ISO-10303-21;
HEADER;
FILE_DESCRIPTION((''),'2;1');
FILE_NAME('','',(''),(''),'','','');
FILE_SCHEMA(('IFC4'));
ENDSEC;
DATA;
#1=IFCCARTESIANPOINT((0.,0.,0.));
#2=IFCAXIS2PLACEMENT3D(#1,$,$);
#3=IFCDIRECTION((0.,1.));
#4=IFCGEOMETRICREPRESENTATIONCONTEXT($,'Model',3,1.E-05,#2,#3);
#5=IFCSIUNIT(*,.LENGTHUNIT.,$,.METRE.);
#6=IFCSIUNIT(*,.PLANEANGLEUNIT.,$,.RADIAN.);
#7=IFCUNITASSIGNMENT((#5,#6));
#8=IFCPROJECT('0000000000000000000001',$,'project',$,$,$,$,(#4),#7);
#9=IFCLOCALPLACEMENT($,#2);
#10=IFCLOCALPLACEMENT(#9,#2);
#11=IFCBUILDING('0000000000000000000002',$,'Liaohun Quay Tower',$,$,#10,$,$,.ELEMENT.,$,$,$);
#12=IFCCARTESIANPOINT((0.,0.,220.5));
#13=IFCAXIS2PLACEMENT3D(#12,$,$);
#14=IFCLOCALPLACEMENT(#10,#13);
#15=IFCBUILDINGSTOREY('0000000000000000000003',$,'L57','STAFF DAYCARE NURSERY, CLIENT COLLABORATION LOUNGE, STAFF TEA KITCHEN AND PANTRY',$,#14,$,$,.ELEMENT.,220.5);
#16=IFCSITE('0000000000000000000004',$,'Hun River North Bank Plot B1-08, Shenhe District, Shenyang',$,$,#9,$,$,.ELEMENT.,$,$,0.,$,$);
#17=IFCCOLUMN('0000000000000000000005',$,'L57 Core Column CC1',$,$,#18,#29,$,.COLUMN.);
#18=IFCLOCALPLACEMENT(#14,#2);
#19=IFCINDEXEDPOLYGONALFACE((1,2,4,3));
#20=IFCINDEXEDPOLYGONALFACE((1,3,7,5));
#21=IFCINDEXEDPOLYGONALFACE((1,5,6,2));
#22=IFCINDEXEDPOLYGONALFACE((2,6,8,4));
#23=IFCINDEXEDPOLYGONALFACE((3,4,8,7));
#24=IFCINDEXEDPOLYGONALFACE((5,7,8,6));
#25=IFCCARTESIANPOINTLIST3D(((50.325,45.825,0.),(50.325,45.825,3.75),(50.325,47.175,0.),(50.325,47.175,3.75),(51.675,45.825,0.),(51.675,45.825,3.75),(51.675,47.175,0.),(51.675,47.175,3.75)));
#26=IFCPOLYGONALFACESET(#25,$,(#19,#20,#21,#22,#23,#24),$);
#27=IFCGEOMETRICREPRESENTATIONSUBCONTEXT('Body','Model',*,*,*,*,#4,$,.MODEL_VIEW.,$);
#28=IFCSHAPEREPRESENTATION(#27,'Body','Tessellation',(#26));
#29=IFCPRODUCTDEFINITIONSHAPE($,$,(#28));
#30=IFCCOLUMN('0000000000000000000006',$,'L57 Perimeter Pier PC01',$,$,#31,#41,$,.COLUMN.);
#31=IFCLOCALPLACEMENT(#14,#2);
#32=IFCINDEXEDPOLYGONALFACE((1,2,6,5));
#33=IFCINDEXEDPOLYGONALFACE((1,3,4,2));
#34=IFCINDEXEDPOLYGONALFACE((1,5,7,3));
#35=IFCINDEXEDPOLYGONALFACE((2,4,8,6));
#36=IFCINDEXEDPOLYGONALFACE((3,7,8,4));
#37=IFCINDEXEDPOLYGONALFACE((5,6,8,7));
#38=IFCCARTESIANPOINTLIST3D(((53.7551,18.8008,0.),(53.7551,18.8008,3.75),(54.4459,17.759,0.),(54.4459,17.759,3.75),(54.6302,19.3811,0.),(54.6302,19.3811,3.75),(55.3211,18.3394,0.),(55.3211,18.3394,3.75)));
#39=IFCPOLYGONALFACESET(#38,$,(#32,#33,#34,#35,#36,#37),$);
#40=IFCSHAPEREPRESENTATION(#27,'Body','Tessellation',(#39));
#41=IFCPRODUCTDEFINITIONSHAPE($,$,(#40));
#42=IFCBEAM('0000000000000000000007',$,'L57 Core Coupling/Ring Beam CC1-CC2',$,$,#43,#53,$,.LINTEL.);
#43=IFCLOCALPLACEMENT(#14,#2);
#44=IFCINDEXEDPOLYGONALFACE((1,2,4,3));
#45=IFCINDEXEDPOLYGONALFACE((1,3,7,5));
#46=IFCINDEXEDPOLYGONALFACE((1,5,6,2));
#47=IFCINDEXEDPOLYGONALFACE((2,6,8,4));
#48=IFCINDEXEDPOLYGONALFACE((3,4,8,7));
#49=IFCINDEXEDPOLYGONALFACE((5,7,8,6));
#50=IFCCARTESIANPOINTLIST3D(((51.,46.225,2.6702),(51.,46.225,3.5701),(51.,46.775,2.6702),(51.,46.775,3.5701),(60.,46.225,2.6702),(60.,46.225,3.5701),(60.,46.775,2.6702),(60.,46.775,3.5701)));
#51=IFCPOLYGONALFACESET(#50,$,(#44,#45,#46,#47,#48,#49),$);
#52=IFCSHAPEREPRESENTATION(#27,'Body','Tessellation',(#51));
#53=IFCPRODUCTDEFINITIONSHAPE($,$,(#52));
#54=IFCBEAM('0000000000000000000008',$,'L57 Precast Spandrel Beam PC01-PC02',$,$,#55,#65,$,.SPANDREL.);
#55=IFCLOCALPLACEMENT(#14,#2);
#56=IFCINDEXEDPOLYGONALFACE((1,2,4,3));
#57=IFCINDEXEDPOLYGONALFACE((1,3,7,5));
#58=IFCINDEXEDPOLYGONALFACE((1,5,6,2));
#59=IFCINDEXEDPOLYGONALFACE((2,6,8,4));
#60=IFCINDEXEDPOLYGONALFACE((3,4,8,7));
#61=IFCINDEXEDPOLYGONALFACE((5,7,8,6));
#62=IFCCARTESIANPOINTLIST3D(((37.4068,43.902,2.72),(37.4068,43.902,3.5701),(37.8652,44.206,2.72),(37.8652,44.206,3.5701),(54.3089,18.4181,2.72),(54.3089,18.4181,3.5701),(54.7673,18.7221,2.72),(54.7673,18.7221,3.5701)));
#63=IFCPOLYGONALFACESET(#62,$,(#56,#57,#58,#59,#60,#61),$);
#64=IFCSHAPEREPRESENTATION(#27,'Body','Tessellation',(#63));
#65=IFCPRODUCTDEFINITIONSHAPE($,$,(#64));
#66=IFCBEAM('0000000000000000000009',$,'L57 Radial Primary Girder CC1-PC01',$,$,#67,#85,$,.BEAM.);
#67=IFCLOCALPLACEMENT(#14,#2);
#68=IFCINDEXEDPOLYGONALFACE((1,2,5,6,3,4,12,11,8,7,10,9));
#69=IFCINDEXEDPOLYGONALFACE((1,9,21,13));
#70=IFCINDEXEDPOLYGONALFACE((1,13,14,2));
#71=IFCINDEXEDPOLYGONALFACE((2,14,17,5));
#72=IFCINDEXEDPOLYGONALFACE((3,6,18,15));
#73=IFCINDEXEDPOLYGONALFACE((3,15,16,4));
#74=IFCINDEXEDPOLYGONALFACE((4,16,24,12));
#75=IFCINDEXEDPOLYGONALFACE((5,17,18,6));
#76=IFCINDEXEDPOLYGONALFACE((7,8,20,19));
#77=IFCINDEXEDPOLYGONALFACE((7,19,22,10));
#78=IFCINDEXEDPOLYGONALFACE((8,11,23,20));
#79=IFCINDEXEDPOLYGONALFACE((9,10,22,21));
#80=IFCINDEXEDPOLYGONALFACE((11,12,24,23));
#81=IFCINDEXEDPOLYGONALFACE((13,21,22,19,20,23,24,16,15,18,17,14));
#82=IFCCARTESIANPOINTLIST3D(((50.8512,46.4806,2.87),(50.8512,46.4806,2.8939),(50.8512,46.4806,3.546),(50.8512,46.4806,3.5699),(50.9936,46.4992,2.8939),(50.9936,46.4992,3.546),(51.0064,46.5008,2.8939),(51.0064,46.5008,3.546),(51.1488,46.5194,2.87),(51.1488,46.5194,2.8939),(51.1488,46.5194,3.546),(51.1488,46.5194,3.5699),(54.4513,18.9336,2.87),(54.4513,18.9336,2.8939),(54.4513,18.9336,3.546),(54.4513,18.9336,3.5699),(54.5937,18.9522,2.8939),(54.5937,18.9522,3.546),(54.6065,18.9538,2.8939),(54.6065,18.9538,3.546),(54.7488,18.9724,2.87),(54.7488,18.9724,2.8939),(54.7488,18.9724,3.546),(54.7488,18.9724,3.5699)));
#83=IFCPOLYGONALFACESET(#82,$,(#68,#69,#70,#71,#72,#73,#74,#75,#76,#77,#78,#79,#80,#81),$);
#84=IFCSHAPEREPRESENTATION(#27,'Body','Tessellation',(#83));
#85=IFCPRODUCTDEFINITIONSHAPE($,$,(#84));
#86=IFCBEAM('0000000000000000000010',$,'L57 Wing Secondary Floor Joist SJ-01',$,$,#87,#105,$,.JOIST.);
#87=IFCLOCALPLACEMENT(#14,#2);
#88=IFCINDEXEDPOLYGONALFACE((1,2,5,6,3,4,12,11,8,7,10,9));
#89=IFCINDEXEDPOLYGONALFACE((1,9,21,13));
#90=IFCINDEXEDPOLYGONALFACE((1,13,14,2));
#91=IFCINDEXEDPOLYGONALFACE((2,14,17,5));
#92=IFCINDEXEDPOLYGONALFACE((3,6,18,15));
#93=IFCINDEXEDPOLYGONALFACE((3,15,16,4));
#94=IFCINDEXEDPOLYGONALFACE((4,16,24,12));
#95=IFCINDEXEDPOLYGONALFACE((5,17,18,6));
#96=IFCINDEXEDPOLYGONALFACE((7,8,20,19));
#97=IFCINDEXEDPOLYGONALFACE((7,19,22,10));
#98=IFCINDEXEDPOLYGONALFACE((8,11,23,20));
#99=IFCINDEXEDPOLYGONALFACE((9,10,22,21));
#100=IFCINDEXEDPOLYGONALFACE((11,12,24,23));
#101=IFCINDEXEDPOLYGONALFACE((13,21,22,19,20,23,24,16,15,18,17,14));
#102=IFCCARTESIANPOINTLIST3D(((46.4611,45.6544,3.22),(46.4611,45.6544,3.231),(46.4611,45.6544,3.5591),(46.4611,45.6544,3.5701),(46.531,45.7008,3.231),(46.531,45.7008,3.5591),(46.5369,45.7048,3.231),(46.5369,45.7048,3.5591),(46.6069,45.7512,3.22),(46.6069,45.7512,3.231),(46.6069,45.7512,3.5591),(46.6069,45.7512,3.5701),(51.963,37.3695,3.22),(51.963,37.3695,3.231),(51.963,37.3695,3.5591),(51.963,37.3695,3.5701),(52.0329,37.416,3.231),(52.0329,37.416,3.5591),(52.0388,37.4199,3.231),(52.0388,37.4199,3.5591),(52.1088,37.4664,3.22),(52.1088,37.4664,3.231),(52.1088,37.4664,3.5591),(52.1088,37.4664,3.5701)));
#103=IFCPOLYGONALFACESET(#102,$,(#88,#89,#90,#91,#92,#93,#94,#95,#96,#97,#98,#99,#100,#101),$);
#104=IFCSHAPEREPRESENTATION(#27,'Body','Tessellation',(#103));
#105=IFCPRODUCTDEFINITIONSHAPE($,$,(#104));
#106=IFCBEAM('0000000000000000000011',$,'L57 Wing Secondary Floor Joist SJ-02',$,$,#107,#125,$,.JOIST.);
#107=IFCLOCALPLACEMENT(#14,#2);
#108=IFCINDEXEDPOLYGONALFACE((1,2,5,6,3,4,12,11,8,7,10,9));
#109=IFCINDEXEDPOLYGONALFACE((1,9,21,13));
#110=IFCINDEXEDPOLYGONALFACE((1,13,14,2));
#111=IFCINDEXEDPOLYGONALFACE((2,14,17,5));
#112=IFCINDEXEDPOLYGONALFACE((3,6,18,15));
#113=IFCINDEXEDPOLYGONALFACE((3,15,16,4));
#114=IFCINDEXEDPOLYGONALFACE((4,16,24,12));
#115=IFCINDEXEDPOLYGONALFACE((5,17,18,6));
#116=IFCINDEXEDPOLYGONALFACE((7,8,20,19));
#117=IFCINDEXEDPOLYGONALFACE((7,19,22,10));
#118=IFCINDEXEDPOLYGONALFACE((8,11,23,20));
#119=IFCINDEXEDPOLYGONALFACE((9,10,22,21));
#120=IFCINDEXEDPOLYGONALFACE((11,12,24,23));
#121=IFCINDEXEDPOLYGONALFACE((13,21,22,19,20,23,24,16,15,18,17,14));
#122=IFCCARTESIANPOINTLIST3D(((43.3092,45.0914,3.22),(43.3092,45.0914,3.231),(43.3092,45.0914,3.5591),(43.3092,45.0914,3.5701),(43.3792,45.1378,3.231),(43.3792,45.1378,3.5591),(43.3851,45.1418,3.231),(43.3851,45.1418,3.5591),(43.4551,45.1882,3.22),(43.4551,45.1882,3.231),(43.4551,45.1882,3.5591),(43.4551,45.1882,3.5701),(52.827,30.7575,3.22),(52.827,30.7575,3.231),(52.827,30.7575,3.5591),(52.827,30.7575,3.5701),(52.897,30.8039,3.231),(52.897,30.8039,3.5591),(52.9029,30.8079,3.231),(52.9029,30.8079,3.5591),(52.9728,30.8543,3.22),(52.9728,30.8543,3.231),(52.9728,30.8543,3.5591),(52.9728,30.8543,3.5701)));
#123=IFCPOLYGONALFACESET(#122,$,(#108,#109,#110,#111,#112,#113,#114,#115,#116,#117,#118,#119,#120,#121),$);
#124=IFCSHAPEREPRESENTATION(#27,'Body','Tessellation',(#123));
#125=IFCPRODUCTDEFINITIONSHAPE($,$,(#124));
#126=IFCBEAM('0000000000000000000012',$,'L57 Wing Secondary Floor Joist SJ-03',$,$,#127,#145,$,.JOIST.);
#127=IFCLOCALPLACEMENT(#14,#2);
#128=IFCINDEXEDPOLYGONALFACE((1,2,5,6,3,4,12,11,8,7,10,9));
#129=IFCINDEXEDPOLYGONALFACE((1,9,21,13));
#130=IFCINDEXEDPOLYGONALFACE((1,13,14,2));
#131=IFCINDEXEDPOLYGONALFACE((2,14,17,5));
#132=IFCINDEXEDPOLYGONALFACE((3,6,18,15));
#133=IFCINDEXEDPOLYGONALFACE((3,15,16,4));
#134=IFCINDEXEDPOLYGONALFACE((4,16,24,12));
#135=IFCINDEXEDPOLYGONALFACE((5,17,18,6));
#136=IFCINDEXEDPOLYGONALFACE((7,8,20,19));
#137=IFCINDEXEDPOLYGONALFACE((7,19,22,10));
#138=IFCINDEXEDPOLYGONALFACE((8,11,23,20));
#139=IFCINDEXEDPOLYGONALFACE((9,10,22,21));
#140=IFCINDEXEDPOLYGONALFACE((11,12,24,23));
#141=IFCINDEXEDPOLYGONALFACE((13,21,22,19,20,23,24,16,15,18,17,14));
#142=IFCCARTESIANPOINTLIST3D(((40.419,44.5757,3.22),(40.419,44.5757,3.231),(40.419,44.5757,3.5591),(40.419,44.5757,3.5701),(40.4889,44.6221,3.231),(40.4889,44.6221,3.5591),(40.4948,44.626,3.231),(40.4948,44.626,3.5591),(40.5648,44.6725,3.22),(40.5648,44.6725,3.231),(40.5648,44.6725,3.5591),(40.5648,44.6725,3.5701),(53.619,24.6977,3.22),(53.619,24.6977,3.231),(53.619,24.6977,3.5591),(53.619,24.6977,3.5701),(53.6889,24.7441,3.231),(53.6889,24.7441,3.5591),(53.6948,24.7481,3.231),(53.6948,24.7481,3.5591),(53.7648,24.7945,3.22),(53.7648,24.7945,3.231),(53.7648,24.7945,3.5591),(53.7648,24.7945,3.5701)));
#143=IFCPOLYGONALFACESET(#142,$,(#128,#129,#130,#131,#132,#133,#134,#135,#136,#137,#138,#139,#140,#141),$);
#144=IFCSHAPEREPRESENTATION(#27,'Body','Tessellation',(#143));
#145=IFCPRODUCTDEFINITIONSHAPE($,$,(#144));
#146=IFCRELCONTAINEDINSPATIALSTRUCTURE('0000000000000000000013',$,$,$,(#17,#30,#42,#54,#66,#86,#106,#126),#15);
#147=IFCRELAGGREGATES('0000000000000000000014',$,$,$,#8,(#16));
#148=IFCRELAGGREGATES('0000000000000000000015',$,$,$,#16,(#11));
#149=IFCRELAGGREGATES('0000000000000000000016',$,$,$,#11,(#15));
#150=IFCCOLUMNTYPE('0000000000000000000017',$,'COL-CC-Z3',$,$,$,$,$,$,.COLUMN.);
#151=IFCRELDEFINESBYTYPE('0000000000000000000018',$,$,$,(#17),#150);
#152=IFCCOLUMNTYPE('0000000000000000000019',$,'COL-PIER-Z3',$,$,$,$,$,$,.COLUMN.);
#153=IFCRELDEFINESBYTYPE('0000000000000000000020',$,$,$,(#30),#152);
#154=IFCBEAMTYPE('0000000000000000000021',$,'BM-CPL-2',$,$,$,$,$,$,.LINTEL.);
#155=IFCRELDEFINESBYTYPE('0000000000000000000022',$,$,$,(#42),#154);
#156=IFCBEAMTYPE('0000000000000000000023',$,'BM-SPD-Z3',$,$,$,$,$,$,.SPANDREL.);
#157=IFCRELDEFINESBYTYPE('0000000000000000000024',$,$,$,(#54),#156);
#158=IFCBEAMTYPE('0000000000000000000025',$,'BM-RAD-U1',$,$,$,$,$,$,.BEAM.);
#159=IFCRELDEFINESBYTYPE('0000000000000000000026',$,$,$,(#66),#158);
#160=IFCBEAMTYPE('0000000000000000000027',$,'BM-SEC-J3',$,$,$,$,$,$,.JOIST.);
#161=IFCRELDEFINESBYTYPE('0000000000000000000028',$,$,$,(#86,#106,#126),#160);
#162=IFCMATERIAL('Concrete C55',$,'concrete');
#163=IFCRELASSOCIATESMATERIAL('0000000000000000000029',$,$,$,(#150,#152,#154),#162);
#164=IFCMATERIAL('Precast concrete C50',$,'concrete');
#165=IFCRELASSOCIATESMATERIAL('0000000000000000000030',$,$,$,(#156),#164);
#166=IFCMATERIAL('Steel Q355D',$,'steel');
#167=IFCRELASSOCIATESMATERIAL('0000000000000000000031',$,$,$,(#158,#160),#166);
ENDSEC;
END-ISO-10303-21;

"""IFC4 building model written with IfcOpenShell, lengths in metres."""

from ifc_helpers import new_model, si_unit, direction, frame, origin, origin_2d, place, context, subcontext, project, spatial, rectangle, i_section, extrude, source, transform, mapped, material, material_profile, profile_set, type_object, element, save


model = new_model("IFC4")

# Units and contexts
model_context = context("Model", 3, precision=1e-05, world=origin(), true_north=direction((0.0, 1.0)))
body_context = subcontext(model_context, "Body", "Model", "MODEL_VIEW")
ifc_project = project(units=[si_unit("LENGTHUNIT", "METRE"), si_unit("PLANEANGLEUNIT", "RADIAN")], contexts=[model_context])

# Site, building, storey
site_placement = place(None, origin())
site = spatial("IfcSite", under=ifc_project, at=site_placement, Name="Hun River North Bank Plot B1-08, Shenhe District, Shenyang", CompositionType="ELEMENT", RefElevation=0.0)
building_placement = place(site_placement, origin())
building = spatial("IfcBuilding", under=site, at=building_placement, Name="Liaohun Quay Tower", CompositionType="ELEMENT")
storey_placement = place(building_placement, frame((0.0, 0.0, 220.5)))
storey = spatial("IfcBuildingStorey", under=building, at=storey_placement, Name="L57", Description="STAFF DAYCARE NURSERY, CLIENT COLLABORATION LOUNGE, STAFF TEA KITCHEN AND PANTRY", CompositionType="ELEMENT", Elevation=220.5)

# Columns
ifc_material_1 = material(Name="Concrete C55", Category="concrete")
ifc_material_profile_1 = material_profile(ifc_material_1, rectangle(XDim=1.3501, YDim=1.3501, at=origin_2d()), Name="RC1350x1350")
ifc_profile_set_1 = profile_set([ifc_material_profile_1], Name="Concrete C55")
column_type_1 = type_object("IfcColumnType", Name="COL-CC-Z3", PredefinedType="COLUMN", material=ifc_profile_set_1)
shared_shape_1 = source(origin(), body_context, "Body", "SweptSolid", [
    extrude(rectangle(XDim=1.3501, YDim=1.3501, at=origin_2d()), origin(), (0.0, 0.0, 1.0), 3.75),
])
column_1_placement = place(storey_placement, frame((51.0, 46.5, 0.0), z_axis=(0.0, 0.0, 1.0), x_axis=(1.0, 0.0, 0.0)))
element("IfcColumn", 1, at=column_1_placement, inside=storey, type_object=column_type_1, Name="L57 Core Column CC1", PredefinedType="COLUMN", context=body_context, shape_type="MappedRepresentation", body=[
    mapped(shared_shape_1, transform((0.0, 0.0, 0.0), x_axis=(1.0, 0.0, 0.0), y_axis=(0.0, 1.0, 0.0), z_axis=(0.0, 0.0, 1.0), scale=1.0)),
])
ifc_material_profile_2 = material_profile(ifc_material_1, rectangle(XDim=1.25, YDim=1.05, at=origin_2d()), Name="RC1250x1050")
ifc_profile_set_2 = profile_set([ifc_material_profile_2], Name="Concrete C55")
column_type_2 = type_object("IfcColumnType", Name="COL-PIER-Z3", PredefinedType="COLUMN", material=ifc_profile_set_2)
shared_shape_2 = source(origin(), body_context, "Body", "SweptSolid", [
    extrude(rectangle(XDim=1.25, YDim=1.05, at=origin_2d()), origin(), (0.0, 0.0, 1.0), 3.75),
])
column_2_placement = place(storey_placement, frame((54.5381, 18.5701, 0.0), z_axis=(0.0, 0.0, 1.0), x_axis=(-0.552664, 0.833404, 0.0)))
element("IfcColumn", 2, at=column_2_placement, inside=storey, type_object=column_type_2, Name="L57 Perimeter Pier PC01", PredefinedType="COLUMN", context=body_context, shape_type="MappedRepresentation", body=[
    mapped(shared_shape_2, transform((0.0, 0.0, 0.0), x_axis=(1.0, 0.0, 0.0), y_axis=(0.0, 1.0, 0.0), z_axis=(0.0, 0.0, 1.0), scale=1.0)),
])

# Beams
ifc_material_profile_3 = material_profile(ifc_material_1, rectangle(XDim=0.55, YDim=0.8999, at=origin_2d()), Name="RC550x900")
ifc_profile_set_3 = profile_set([ifc_material_profile_3], Name="Concrete C55")
beam_type_1 = type_object("IfcBeamType", Name="BM-CPL-2", PredefinedType="LINTEL", material=ifc_profile_set_3)
shared_shape_3 = source(origin(), body_context, "Body", "SweptSolid", [
    extrude(rectangle(XDim=0.55, YDim=0.8999, at=origin_2d()), origin(), (0.0, 0.0, 1.0), 9.0),
])
beam_1_placement = place(storey_placement, frame((51.0, 46.5, 3.1201), z_axis=(1.0, 0.0, 0.0), x_axis=(0.0, 1.0, 0.0)))
element("IfcBeam", 3, at=beam_1_placement, inside=storey, type_object=beam_type_1, Name="L57 Core Coupling/Ring Beam CC1-CC2", PredefinedType="LINTEL", context=body_context, shape_type="MappedRepresentation", body=[
    mapped(shared_shape_3, transform((0.0, 0.0, 0.0), x_axis=(1.0, 0.0, 0.0), y_axis=(0.0, 1.0, 0.0), z_axis=(0.0, 0.0, 1.0), scale=1.0)),
])
ifc_material_2 = material(Name="Precast concrete C50", Category="concrete")
ifc_material_profile_4 = material_profile(ifc_material_2, rectangle(XDim=0.55, YDim=0.8501, at=origin_2d()), Name="RC550x850")
ifc_profile_set_4 = profile_set([ifc_material_profile_4], Name="Precast concrete C50")
beam_type_2 = type_object("IfcBeamType", Name="BM-SPD-Z3", PredefinedType="SPANDREL", material=ifc_profile_set_4)
shared_shape_4 = source(origin(), body_context, "Body", "SweptSolid", [
    extrude(rectangle(XDim=0.55, YDim=0.8501, at=origin_2d()), origin(), (0.0, 0.0, 1.0), 30.5796),
])
beam_2_placement = place(storey_placement, frame((54.5381, 18.5701, 3.145), z_axis=(-0.552725, 0.833363, 0.0), x_axis=(-0.833363, -0.552725, 0.0)))
element("IfcBeam", 4, at=beam_2_placement, inside=storey, type_object=beam_type_2, Name="L57 Precast Spandrel Beam PC01-PC02", PredefinedType="SPANDREL", context=body_context, shape_type="MappedRepresentation", body=[
    mapped(shared_shape_4, transform((0.0, 0.0, 0.0), x_axis=(1.0, 0.0, 0.0), y_axis=(0.0, 1.0, 0.0), z_axis=(0.0, 0.0, 1.0), scale=1.0)),
])
ifc_material_3 = material(Name="Steel Q355D", Category="steel")
ifc_material_profile_5 = material_profile(ifc_material_3, i_section(OverallWidth=0.3, OverallDepth=0.7, WebThickness=0.0129, FlangeThickness=0.0239, at=origin_2d()), Name="HN700x300x13x24")
ifc_profile_set_5 = profile_set([ifc_material_profile_5], Name="Steel Q355D")
beam_type_3 = type_object("IfcBeamType", Name="BM-RAD-U1", PredefinedType="BEAM", material=ifc_profile_set_5)
shared_shape_5 = source(origin(), body_context, "Body", "SweptSolid", [
    extrude(i_section(OverallWidth=0.3, OverallDepth=0.7, WebThickness=0.0129, FlangeThickness=0.0239, at=origin_2d()), origin(), (0.0, 0.0, 1.0), 27.7812),
])
beam_3_placement = place(storey_placement, frame((51.0, 46.5, 3.22), z_axis=(0.129587, -0.991568, 0.0), x_axis=(0.991568, 0.129587, 0.0)))
element("IfcBeam", 5, at=beam_3_placement, inside=storey, type_object=beam_type_3, Name="L57 Radial Primary Girder CC1-PC01", PredefinedType="BEAM", context=body_context, shape_type="MappedRepresentation", body=[
    mapped(shared_shape_5, transform((0.0, 0.0, 0.0), x_axis=(1.0, 0.0, 0.0), y_axis=(0.0, 1.0, 0.0), z_axis=(0.0, 0.0, 1.0), scale=1.0)),
])
ifc_material_profile_6 = material_profile(ifc_material_3, i_section(OverallWidth=0.175, OverallDepth=0.3501, WebThickness=0.0071, FlangeThickness=0.011, at=origin_2d()), Name="HN350x175x7x11")
ifc_profile_set_6 = profile_set([ifc_material_profile_6], Name="Steel Q355D")
beam_type_4 = type_object("IfcBeamType", Name="BM-SEC-J3", PredefinedType="JOIST", material=ifc_profile_set_6)
shared_shape_6 = source(origin(), body_context, "Body", "SweptSolid", [
    extrude(i_section(OverallWidth=0.175, OverallDepth=0.3501, WebThickness=0.0071, FlangeThickness=0.011, at=origin_2d()), origin(), (0.0, 0.0, 1.0), 9.9453),
])
beam_4_placement = place(storey_placement, frame((52.0359, 37.418, 3.395), z_axis=(-0.553215, 0.833038, 0.0), x_axis=(-0.833038, -0.553215, 0.0)))
element("IfcBeam", 6, at=beam_4_placement, inside=storey, type_object=beam_type_4, Name="L57 Wing Secondary Floor Joist SJ-01", PredefinedType="JOIST", context=body_context, shape_type="MappedRepresentation", body=[
    mapped(shared_shape_6, transform((0.0, 0.0, 0.0), x_axis=(1.0, 0.0, 0.0), y_axis=(0.0, 1.0, 0.0), z_axis=(0.0, 0.0, 1.0), scale=1.0)),
])
shared_shape_7 = source(origin(), body_context, "Body", "SweptSolid", [
    extrude(i_section(OverallWidth=0.175, OverallDepth=0.3501, WebThickness=0.0071, FlangeThickness=0.011, at=origin_2d()), origin(), (0.0, 0.0, 1.0), 17.2061),
])
beam_5_placement = place(storey_placement, frame((52.8999, 30.8059, 3.395), z_axis=(-0.553164, 0.833073, 0.0), x_axis=(-0.833073, -0.553164, 0.0)))
element("IfcBeam", 7, at=beam_5_placement, inside=storey, type_object=beam_type_4, Name="L57 Wing Secondary Floor Joist SJ-02", PredefinedType="JOIST", context=body_context, shape_type="MappedRepresentation", body=[
    mapped(shared_shape_7, transform((0.0, 0.0, 0.0), x_axis=(1.0, 0.0, 0.0), y_axis=(0.0, 1.0, 0.0), z_axis=(0.0, 0.0, 1.0), scale=1.0)),
])
shared_shape_8 = source(origin(), body_context, "Body", "SweptSolid", [
    extrude(i_section(OverallWidth=0.175, OverallDepth=0.3501, WebThickness=0.0071, FlangeThickness=0.011, at=origin_2d()), origin(), (0.0, 0.0, 1.0), 23.8616),
])
beam_6_placement = place(storey_placement, frame((53.6919, 24.7461, 3.395), z_axis=(-0.553191, 0.833055, 0.0), x_axis=(-0.833055, -0.553191, 0.0)))
element("IfcBeam", 8, at=beam_6_placement, inside=storey, type_object=beam_type_4, Name="L57 Wing Secondary Floor Joist SJ-03", PredefinedType="JOIST", context=body_context, shape_type="MappedRepresentation", body=[
    mapped(shared_shape_8, transform((0.0, 0.0, 0.0), x_axis=(1.0, 0.0, 0.0), y_axis=(0.0, 1.0, 0.0), z_axis=(0.0, 0.0, 1.0), scale=1.0)),
])

save(model, "model.ifc")
